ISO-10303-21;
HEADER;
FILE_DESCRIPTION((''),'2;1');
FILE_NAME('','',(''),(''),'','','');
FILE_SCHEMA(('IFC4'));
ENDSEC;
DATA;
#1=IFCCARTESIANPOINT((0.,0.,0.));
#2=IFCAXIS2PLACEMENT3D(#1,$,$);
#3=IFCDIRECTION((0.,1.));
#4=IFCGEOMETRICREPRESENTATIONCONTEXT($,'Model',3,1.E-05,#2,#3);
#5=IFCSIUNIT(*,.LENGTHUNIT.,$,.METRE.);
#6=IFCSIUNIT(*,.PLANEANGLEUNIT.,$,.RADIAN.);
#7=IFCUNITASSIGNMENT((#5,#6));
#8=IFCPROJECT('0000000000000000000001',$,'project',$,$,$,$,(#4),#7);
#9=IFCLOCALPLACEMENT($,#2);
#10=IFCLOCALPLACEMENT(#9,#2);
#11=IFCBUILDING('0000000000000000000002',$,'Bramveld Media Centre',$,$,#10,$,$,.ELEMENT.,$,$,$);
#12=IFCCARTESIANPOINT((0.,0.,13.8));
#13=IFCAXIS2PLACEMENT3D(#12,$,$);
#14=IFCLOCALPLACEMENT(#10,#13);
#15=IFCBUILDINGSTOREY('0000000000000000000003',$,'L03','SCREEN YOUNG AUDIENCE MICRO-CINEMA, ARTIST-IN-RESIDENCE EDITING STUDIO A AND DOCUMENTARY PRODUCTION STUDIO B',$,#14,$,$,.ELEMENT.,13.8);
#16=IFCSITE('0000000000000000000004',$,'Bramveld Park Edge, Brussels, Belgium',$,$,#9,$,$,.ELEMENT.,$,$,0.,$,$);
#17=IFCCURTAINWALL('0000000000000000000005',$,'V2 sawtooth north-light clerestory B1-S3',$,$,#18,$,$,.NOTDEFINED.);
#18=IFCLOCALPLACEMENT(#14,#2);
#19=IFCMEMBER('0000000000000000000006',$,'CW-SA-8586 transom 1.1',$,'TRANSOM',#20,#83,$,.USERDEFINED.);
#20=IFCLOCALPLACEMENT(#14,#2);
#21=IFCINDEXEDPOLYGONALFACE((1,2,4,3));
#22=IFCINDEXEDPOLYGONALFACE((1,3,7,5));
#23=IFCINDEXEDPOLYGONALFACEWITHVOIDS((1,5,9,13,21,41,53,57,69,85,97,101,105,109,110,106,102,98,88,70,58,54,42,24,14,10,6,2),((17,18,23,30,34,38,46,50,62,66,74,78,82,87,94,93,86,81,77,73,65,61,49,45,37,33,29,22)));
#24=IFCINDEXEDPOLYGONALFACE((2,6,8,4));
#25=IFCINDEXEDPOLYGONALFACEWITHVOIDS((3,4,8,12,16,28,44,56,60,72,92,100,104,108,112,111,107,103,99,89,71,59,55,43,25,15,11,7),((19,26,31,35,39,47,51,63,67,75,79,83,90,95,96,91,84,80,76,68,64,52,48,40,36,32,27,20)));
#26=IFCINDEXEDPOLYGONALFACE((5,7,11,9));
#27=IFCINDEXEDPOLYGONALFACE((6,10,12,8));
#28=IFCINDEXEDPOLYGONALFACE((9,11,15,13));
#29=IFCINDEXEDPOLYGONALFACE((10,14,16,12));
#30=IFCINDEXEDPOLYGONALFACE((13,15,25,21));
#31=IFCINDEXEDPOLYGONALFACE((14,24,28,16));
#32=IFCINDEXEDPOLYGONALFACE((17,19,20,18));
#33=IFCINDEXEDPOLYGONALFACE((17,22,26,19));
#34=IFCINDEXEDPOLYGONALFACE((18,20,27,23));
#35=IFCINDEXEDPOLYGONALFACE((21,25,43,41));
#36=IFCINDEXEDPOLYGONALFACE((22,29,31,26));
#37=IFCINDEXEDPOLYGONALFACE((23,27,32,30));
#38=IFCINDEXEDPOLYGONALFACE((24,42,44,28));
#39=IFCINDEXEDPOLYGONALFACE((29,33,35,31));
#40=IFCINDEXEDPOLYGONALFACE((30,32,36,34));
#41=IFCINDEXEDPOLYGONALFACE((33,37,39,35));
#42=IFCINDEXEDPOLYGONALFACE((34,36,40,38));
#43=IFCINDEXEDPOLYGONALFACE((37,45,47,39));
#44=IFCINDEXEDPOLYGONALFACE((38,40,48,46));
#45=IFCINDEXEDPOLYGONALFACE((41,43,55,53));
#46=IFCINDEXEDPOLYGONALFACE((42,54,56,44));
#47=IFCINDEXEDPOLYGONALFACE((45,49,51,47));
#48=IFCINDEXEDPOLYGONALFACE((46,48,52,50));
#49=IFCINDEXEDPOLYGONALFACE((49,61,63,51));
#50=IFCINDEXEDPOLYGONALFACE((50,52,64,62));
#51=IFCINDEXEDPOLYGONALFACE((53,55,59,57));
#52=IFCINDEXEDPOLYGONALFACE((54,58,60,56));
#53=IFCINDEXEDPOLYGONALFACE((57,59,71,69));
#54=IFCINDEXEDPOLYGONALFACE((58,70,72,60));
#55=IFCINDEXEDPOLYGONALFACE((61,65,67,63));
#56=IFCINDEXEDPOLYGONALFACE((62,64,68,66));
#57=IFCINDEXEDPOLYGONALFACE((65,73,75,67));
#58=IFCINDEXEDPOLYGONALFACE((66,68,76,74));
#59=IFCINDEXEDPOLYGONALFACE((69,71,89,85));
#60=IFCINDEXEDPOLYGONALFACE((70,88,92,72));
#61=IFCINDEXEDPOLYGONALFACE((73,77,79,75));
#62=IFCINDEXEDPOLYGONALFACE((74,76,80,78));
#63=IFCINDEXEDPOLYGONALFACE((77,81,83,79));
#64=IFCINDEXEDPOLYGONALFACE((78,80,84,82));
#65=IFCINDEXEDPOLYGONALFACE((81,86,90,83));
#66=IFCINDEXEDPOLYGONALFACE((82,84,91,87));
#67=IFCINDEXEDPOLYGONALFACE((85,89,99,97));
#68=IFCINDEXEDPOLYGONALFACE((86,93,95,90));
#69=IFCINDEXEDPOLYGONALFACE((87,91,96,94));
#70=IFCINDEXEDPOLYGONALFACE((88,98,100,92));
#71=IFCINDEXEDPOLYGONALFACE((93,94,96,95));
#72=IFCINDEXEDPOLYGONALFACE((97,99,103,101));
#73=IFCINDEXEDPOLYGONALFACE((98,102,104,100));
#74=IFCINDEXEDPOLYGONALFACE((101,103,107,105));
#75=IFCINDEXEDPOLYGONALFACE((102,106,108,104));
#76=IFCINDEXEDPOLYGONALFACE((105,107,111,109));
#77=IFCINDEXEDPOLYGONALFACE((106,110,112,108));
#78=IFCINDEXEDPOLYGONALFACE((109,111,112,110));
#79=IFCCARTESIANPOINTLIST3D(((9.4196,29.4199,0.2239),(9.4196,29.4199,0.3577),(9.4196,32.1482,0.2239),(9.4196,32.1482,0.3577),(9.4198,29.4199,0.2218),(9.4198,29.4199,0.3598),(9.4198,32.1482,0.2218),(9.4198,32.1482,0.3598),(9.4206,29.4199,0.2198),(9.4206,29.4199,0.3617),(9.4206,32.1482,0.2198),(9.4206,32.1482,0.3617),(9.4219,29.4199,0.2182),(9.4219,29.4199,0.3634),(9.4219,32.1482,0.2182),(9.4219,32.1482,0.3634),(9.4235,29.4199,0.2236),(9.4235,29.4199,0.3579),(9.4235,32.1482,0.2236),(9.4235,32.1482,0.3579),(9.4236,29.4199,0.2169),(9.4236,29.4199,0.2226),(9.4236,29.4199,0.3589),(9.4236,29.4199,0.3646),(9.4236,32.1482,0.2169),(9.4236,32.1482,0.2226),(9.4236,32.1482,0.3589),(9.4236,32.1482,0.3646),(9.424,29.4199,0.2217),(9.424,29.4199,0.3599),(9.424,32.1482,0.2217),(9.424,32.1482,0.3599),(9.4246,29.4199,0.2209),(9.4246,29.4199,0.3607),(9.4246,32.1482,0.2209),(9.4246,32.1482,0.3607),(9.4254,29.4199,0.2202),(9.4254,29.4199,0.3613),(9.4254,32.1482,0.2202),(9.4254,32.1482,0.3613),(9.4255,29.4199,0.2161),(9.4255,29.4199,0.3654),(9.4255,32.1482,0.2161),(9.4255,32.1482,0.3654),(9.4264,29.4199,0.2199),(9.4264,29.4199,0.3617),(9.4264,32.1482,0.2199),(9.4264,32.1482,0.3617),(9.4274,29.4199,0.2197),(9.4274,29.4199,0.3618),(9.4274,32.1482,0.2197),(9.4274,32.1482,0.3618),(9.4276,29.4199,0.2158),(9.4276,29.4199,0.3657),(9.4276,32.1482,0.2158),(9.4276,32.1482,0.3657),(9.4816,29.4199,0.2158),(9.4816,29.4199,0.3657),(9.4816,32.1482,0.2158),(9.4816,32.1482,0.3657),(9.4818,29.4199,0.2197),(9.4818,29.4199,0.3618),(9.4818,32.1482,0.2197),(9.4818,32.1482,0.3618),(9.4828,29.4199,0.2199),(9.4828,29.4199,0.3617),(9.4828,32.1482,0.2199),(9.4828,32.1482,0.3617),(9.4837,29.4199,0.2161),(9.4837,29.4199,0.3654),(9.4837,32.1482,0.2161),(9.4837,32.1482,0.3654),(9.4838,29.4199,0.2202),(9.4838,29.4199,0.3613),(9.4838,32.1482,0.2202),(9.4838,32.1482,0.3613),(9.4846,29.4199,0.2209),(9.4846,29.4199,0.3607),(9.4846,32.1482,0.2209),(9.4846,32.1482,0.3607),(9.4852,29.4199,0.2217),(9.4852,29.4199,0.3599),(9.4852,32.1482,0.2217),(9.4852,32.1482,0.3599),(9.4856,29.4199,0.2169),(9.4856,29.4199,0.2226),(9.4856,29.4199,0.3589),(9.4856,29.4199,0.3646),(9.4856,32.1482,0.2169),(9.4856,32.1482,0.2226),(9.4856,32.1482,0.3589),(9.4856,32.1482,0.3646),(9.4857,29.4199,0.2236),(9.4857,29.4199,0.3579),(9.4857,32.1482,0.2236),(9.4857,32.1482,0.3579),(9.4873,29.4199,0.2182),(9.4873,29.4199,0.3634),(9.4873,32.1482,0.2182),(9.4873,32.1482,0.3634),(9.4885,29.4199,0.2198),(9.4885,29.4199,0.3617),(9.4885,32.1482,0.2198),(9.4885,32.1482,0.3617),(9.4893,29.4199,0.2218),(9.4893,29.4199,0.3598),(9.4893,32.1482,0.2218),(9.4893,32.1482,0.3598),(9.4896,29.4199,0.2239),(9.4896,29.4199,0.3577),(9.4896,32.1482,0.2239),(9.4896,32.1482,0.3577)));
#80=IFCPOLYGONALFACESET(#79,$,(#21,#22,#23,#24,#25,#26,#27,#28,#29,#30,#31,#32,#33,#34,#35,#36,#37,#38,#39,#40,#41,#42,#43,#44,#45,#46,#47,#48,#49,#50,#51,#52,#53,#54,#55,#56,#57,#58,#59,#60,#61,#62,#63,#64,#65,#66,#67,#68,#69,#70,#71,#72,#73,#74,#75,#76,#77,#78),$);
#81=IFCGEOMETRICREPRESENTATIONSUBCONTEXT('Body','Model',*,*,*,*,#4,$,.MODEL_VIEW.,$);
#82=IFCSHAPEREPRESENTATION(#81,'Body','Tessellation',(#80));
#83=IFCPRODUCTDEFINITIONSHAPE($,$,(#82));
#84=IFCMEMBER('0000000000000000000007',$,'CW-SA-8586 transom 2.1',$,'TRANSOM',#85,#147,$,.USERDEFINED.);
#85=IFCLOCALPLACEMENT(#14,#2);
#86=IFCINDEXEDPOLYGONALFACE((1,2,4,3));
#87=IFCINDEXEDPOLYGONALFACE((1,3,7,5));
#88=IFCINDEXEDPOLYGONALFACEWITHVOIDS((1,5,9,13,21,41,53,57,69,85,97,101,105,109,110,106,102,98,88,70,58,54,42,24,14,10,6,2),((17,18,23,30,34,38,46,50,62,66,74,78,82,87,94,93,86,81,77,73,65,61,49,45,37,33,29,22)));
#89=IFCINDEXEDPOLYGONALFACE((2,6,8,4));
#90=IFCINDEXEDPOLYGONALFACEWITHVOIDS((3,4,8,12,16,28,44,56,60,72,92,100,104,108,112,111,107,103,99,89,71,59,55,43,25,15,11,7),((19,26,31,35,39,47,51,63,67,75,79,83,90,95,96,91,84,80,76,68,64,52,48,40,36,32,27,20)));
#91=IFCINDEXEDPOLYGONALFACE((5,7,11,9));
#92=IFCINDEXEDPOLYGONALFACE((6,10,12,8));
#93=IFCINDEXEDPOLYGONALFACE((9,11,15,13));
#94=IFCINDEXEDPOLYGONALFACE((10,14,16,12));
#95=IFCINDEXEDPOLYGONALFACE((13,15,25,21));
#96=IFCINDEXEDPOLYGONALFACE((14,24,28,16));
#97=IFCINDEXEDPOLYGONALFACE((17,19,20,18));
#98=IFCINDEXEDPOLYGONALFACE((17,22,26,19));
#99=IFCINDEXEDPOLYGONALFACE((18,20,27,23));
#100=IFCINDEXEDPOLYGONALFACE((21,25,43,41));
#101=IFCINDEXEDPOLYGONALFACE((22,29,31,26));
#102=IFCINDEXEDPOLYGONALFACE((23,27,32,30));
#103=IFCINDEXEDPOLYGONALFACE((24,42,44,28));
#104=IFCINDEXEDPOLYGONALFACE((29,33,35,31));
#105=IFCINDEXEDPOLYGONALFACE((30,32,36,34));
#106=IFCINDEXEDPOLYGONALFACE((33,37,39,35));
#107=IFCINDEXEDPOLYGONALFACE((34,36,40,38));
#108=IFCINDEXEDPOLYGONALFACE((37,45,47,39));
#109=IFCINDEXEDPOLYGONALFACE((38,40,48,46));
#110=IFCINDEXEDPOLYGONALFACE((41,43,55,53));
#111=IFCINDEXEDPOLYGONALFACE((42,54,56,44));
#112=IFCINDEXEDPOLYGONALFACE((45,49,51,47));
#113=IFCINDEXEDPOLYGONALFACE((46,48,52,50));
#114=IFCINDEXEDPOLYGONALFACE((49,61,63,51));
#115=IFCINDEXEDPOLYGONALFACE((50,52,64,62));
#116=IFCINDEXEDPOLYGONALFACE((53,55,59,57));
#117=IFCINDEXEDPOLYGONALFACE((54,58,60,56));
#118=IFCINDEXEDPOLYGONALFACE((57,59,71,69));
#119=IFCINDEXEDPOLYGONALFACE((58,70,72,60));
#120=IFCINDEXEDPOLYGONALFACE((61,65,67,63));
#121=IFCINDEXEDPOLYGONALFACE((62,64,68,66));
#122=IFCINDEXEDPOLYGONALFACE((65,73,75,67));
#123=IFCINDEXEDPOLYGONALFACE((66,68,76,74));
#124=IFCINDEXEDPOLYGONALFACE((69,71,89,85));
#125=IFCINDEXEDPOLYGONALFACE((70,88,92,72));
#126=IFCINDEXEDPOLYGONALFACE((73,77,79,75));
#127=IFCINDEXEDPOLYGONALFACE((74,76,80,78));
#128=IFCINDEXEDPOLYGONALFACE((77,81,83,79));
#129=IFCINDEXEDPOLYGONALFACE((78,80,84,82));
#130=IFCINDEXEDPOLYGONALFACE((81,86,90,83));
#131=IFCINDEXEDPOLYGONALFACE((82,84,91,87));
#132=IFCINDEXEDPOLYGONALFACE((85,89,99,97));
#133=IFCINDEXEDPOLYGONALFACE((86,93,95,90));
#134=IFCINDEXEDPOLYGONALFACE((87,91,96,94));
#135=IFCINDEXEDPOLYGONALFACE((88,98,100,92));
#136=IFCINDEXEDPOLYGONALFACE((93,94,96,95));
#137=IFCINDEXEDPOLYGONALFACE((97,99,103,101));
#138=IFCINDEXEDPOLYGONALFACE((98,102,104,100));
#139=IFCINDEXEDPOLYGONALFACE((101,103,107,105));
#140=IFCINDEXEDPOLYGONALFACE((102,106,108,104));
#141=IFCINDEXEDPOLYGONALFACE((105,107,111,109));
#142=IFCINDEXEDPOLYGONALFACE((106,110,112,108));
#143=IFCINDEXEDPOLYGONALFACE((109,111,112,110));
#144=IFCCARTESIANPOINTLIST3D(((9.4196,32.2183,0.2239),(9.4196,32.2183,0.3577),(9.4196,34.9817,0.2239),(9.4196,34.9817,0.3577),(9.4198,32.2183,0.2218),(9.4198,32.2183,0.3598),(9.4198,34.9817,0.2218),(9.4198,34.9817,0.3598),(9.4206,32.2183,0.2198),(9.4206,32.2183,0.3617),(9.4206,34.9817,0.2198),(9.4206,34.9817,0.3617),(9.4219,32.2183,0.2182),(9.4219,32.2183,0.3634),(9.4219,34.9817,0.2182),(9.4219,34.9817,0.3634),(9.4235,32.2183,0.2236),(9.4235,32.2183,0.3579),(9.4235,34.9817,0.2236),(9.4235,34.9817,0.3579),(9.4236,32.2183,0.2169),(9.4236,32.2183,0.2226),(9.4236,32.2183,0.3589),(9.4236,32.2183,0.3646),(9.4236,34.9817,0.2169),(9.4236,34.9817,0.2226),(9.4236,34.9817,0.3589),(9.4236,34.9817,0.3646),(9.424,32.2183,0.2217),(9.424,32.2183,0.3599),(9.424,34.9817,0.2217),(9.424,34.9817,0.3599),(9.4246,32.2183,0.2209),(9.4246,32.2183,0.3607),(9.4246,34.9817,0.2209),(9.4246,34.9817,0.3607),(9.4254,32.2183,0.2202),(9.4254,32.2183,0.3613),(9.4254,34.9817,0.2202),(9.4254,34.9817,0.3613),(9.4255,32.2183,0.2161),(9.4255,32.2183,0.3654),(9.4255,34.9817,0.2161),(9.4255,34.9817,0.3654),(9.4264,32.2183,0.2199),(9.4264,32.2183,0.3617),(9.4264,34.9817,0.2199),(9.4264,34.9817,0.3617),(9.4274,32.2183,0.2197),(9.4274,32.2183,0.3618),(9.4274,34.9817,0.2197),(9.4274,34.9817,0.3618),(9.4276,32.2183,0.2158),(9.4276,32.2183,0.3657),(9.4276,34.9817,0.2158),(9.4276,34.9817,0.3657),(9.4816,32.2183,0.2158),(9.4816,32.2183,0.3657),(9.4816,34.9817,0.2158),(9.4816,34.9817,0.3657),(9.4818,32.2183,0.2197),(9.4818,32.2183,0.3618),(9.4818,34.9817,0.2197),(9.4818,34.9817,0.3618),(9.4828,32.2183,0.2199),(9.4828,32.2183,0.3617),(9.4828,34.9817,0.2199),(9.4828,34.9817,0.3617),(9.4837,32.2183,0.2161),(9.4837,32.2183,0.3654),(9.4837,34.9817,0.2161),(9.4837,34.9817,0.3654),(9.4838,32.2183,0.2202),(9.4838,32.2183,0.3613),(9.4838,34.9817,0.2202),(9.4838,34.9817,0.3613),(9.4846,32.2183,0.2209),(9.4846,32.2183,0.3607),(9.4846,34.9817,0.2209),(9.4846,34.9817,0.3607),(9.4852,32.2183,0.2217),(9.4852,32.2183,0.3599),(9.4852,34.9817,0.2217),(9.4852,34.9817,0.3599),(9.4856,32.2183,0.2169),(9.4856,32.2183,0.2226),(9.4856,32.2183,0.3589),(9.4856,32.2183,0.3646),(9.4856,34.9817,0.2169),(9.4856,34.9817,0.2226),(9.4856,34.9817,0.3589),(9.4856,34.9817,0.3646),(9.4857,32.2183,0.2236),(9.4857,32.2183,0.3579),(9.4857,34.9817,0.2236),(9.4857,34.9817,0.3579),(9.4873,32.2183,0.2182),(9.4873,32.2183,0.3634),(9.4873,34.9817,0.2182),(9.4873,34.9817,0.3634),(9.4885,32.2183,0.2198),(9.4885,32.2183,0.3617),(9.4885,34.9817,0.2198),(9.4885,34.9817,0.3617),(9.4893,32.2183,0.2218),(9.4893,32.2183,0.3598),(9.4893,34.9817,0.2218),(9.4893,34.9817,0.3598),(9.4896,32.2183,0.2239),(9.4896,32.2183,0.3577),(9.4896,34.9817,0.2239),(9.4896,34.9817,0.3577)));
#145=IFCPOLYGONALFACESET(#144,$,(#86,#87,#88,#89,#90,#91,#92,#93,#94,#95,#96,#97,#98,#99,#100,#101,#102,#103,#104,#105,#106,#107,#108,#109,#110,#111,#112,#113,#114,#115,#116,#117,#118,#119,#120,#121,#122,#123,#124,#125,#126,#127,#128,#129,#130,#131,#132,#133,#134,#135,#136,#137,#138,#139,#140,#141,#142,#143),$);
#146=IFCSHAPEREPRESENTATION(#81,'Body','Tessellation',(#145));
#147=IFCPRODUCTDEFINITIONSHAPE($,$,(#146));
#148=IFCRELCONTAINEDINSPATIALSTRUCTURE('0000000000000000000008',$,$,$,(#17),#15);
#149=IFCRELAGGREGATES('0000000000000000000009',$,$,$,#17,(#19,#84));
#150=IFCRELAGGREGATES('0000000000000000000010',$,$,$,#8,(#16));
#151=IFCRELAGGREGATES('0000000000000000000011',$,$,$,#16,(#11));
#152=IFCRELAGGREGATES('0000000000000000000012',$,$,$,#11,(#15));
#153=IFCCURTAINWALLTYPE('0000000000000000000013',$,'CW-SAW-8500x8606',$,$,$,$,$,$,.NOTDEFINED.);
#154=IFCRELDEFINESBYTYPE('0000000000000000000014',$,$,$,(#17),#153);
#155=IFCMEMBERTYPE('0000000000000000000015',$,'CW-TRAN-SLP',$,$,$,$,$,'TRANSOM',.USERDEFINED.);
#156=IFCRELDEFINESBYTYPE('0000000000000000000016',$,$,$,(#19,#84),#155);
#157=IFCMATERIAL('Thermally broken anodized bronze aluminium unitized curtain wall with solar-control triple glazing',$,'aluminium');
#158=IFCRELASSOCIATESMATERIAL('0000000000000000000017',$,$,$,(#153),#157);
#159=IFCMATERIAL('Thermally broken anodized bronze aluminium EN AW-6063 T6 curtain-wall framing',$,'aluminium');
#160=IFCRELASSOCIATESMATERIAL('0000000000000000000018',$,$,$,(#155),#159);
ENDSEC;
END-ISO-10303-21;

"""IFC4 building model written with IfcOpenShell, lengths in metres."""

from ifc_helpers import new_model, si_unit, direction, frame, origin, origin_2d, place, context, subcontext, project, spatial, hollow_rectangle, extrude, material, material_profile, profile_set, type_object, element, aggregate, save


model = new_model("IFC4")

# Units and contexts
model_context = context("Model", 3, precision=1e-05, world=origin(), true_north=direction((0.0, 1.0)))
body_context = subcontext(model_context, "Body", "Model", "MODEL_VIEW")
ifc_project = project(units=[si_unit("LENGTHUNIT", "METRE"), si_unit("PLANEANGLEUNIT", "RADIAN")], contexts=[model_context])

# Site, building, storey
site_placement = place(None, origin())
site = spatial("IfcSite", under=ifc_project, at=site_placement, Name="Bramveld Park Edge, Brussels, Belgium", CompositionType="ELEMENT", RefElevation=0.0)
building_placement = place(site_placement, origin())
building = spatial("IfcBuilding", under=site, at=building_placement, Name="Bramveld Media Centre", CompositionType="ELEMENT")
storey_placement = place(building_placement, frame((0.0, 0.0, 13.8)))
storey = spatial("IfcBuildingStorey", under=building, at=storey_placement, Name="L03", Description="SCREEN YOUNG AUDIENCE MICRO-CINEMA, ARTIST-IN-RESIDENCE EDITING STUDIO A AND DOCUMENTARY PRODUCTION STUDIO B", CompositionType="ELEMENT", Elevation=13.8)

# Curtain wall, members
ifc_material_1 = material(Name="Thermally broken anodized bronze aluminium unitized curtain wall with solar-control triple glazing", Category="aluminium")
curtain_wall_type = type_object("IfcCurtainWallType", Name="CW-SAW-8500x8606", PredefinedType="NOTDEFINED", material=ifc_material_1)
curtain_wall_1_placement = place(storey_placement, origin())
curtain_wall_1 = element("IfcCurtainWall", 1, at=curtain_wall_1_placement, inside=storey, type_object=curtain_wall_type, Name="V2 sawtooth north-light clerestory B1-S3", PredefinedType="NOTDEFINED")
ifc_material_2 = material(Name="Thermally broken anodized bronze aluminium EN AW-6063 T6 curtain-wall framing", Category="aluminium")
ifc_material_profile_1 = material_profile(ifc_material_2, hollow_rectangle(XDim=0.0701, YDim=0.1499, WallThickness=0.0039, InnerFilletRadius=0.0039, OuterFilletRadius=0.0081, at=origin_2d()), Name="AL-TRAN 70x150")
ifc_profile_set_1 = profile_set([ifc_material_profile_1], Name="Thermally broken anodized bronze aluminium EN AW-6063 T6 curtain-wall framing")
member_type_1 = type_object("IfcMemberType", Name="CW-TRAN-SLP", ElementType="TRANSOM", PredefinedType="USERDEFINED", material=ifc_profile_set_1)
member_1_placement = place(storey_placement, frame((9.4546, 29.4199, 0.2908), z_axis=(0.0, 1.0, 0.0), x_axis=(-1.0, 0.0, 0.0)))
member_1 = element("IfcMember", 2, at=member_1_placement, type_object=member_type_1, Name="CW-SA-8586 transom 1.1", ObjectType="TRANSOM", PredefinedType="USERDEFINED", context=body_context, shape_type="SweptSolid", body=[
    extrude(hollow_rectangle(XDim=0.0701, YDim=0.1499, WallThickness=0.0039, InnerFilletRadius=0.0039, OuterFilletRadius=0.0081, at=origin_2d()), origin(), (0.0, 0.0, 1.0), 2.7283),
])
member_2_placement = place(storey_placement, frame((9.4546, 32.2183, 0.2908), z_axis=(0.0, 1.0, 0.0), x_axis=(-1.0, 0.0, 0.0)))
member_2 = element("IfcMember", 3, at=member_2_placement, type_object=member_type_1, Name="CW-SA-8586 transom 2.1", ObjectType="TRANSOM", PredefinedType="USERDEFINED", context=body_context, shape_type="SweptSolid", body=[
    extrude(hollow_rectangle(XDim=0.0701, YDim=0.1499, WallThickness=0.0039, InnerFilletRadius=0.0039, OuterFilletRadius=0.0081, at=origin_2d()), origin(), (0.0, 0.0, 1.0), 2.7634),
])

aggregate(curtain_wall_1, [member_1, member_2])

save(model, "model.ifc")
